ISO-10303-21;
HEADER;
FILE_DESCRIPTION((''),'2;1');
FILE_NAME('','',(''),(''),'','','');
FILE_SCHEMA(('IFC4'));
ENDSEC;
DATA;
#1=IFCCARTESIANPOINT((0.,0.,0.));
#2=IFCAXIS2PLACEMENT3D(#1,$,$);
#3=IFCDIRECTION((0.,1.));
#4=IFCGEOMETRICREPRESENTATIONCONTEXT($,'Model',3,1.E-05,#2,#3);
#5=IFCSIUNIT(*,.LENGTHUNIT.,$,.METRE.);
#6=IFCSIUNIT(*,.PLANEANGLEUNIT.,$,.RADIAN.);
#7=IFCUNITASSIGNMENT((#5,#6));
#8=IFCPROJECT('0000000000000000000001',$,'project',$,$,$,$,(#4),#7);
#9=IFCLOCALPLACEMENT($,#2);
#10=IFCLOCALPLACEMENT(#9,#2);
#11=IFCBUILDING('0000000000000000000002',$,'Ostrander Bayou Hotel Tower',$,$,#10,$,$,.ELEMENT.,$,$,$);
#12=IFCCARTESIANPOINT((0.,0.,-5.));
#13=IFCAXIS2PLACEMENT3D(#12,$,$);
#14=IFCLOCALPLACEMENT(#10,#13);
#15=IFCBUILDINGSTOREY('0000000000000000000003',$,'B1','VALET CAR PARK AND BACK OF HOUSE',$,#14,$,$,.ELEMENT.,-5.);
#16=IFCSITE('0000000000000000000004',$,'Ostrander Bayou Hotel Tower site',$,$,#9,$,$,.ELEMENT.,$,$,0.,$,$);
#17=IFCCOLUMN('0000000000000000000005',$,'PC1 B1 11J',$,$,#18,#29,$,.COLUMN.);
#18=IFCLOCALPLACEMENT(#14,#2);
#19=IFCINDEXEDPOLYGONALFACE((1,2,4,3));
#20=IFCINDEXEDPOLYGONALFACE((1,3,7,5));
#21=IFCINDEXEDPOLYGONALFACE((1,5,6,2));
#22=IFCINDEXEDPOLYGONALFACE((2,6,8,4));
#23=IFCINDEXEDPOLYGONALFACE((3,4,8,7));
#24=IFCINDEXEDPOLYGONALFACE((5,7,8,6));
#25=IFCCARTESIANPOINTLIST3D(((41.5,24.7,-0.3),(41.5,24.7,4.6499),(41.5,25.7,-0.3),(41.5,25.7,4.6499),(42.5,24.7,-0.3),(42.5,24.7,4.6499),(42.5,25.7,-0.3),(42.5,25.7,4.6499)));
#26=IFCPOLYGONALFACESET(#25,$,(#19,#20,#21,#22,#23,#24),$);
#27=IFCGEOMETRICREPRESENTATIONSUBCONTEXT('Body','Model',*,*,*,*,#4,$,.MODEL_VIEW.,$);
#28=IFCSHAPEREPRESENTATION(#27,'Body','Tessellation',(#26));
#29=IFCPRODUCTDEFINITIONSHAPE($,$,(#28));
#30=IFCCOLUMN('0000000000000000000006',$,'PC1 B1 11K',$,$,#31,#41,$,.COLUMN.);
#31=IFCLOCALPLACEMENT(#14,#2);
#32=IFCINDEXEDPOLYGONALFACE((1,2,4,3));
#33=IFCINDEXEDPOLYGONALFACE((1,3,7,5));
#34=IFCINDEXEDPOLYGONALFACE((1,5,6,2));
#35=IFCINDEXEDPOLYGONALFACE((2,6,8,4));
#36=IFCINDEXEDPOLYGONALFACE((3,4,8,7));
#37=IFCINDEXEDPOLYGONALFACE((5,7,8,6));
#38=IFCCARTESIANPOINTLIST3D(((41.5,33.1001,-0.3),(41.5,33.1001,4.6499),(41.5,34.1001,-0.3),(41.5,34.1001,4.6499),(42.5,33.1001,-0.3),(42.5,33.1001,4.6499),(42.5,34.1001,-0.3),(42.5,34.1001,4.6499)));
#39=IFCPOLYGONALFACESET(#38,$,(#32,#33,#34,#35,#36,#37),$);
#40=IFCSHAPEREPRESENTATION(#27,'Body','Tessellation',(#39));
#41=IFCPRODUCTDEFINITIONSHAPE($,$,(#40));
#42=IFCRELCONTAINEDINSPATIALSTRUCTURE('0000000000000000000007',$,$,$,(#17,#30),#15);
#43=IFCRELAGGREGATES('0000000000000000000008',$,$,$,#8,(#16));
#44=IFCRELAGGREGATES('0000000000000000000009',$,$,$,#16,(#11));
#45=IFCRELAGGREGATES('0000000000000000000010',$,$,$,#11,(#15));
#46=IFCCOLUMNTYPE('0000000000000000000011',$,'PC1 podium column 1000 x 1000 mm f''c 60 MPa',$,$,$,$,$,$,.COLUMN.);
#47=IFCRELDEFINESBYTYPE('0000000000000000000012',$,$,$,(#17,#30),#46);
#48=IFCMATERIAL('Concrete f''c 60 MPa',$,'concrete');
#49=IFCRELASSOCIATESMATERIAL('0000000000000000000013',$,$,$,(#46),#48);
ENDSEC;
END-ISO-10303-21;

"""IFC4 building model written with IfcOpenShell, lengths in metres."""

from ifc_helpers import new_model, si_unit, direction, frame, origin, origin_2d, place, context, subcontext, project, spatial, rectangle, extrude, material, material_profile, profile_set, type_object, element, save


model = new_model("IFC4")

# Units and contexts
model_context = context("Model", 3, precision=1e-05, world=origin(), true_north=direction((0.0, 1.0)))
body_context = subcontext(model_context, "Body", "Model", "MODEL_VIEW")
ifc_project = project(units=[si_unit("LENGTHUNIT", "METRE"), si_unit("PLANEANGLEUNIT", "RADIAN")], contexts=[model_context])

# Site, building, storey
site_placement = place(None, origin())
site = spatial("IfcSite", under=ifc_project, at=site_placement, Name="Ostrander Bayou Hotel Tower site", CompositionType="ELEMENT", RefElevation=0.0)
building_placement = place(site_placement, origin())
building = spatial("IfcBuilding", under=site, at=building_placement, Name="Ostrander Bayou Hotel Tower", CompositionType="ELEMENT")
storey_placement = place(building_placement, frame((0.0, 0.0, -5.0)))
storey = spatial("IfcBuildingStorey", under=building, at=storey_placement, Name="B1", Description="VALET CAR PARK AND BACK OF HOUSE", CompositionType="ELEMENT", Elevation=-5.0)

# Columns
ifc_material_1 = material(Name="Concrete f'c 60 MPa", Category="concrete")
ifc_material_profile_1 = material_profile(ifc_material_1, rectangle(XDim=1.0, YDim=1.0, at=origin_2d()))
ifc_profile_set_1 = profile_set([ifc_material_profile_1], Name="Concrete f'c 60 MPa")
column_type = type_object("IfcColumnType", Name="PC1 podium column 1000 x 1000 mm f'c 60 MPa", PredefinedType="COLUMN", material=ifc_profile_set_1)
for number, where, z_axis, x_axis, name in (
    (1, (42.0, 25.2, -0.3), (0.0, 0.0, 1.0), (1.0, 0.0, 0.0), "PC1 B1 11J"),
    (2, (42.0, 33.6001, -0.3), (0.0, 0.0, 1.0), (1.0, 0.0, 0.0), "PC1 B1 11K"),
):
    element("IfcColumn", number, at=place(storey_placement, frame(where, z_axis=z_axis, x_axis=x_axis)), inside=storey, type_object=column_type, Name=name, PredefinedType="COLUMN", context=body_context, shape_type="SweptSolid", body=[
        extrude(rectangle(XDim=1.0, YDim=1.0, at=origin_2d()), origin(), (0.0, 0.0, 1.0), 4.95),
    ])

save(model, "model.ifc")
